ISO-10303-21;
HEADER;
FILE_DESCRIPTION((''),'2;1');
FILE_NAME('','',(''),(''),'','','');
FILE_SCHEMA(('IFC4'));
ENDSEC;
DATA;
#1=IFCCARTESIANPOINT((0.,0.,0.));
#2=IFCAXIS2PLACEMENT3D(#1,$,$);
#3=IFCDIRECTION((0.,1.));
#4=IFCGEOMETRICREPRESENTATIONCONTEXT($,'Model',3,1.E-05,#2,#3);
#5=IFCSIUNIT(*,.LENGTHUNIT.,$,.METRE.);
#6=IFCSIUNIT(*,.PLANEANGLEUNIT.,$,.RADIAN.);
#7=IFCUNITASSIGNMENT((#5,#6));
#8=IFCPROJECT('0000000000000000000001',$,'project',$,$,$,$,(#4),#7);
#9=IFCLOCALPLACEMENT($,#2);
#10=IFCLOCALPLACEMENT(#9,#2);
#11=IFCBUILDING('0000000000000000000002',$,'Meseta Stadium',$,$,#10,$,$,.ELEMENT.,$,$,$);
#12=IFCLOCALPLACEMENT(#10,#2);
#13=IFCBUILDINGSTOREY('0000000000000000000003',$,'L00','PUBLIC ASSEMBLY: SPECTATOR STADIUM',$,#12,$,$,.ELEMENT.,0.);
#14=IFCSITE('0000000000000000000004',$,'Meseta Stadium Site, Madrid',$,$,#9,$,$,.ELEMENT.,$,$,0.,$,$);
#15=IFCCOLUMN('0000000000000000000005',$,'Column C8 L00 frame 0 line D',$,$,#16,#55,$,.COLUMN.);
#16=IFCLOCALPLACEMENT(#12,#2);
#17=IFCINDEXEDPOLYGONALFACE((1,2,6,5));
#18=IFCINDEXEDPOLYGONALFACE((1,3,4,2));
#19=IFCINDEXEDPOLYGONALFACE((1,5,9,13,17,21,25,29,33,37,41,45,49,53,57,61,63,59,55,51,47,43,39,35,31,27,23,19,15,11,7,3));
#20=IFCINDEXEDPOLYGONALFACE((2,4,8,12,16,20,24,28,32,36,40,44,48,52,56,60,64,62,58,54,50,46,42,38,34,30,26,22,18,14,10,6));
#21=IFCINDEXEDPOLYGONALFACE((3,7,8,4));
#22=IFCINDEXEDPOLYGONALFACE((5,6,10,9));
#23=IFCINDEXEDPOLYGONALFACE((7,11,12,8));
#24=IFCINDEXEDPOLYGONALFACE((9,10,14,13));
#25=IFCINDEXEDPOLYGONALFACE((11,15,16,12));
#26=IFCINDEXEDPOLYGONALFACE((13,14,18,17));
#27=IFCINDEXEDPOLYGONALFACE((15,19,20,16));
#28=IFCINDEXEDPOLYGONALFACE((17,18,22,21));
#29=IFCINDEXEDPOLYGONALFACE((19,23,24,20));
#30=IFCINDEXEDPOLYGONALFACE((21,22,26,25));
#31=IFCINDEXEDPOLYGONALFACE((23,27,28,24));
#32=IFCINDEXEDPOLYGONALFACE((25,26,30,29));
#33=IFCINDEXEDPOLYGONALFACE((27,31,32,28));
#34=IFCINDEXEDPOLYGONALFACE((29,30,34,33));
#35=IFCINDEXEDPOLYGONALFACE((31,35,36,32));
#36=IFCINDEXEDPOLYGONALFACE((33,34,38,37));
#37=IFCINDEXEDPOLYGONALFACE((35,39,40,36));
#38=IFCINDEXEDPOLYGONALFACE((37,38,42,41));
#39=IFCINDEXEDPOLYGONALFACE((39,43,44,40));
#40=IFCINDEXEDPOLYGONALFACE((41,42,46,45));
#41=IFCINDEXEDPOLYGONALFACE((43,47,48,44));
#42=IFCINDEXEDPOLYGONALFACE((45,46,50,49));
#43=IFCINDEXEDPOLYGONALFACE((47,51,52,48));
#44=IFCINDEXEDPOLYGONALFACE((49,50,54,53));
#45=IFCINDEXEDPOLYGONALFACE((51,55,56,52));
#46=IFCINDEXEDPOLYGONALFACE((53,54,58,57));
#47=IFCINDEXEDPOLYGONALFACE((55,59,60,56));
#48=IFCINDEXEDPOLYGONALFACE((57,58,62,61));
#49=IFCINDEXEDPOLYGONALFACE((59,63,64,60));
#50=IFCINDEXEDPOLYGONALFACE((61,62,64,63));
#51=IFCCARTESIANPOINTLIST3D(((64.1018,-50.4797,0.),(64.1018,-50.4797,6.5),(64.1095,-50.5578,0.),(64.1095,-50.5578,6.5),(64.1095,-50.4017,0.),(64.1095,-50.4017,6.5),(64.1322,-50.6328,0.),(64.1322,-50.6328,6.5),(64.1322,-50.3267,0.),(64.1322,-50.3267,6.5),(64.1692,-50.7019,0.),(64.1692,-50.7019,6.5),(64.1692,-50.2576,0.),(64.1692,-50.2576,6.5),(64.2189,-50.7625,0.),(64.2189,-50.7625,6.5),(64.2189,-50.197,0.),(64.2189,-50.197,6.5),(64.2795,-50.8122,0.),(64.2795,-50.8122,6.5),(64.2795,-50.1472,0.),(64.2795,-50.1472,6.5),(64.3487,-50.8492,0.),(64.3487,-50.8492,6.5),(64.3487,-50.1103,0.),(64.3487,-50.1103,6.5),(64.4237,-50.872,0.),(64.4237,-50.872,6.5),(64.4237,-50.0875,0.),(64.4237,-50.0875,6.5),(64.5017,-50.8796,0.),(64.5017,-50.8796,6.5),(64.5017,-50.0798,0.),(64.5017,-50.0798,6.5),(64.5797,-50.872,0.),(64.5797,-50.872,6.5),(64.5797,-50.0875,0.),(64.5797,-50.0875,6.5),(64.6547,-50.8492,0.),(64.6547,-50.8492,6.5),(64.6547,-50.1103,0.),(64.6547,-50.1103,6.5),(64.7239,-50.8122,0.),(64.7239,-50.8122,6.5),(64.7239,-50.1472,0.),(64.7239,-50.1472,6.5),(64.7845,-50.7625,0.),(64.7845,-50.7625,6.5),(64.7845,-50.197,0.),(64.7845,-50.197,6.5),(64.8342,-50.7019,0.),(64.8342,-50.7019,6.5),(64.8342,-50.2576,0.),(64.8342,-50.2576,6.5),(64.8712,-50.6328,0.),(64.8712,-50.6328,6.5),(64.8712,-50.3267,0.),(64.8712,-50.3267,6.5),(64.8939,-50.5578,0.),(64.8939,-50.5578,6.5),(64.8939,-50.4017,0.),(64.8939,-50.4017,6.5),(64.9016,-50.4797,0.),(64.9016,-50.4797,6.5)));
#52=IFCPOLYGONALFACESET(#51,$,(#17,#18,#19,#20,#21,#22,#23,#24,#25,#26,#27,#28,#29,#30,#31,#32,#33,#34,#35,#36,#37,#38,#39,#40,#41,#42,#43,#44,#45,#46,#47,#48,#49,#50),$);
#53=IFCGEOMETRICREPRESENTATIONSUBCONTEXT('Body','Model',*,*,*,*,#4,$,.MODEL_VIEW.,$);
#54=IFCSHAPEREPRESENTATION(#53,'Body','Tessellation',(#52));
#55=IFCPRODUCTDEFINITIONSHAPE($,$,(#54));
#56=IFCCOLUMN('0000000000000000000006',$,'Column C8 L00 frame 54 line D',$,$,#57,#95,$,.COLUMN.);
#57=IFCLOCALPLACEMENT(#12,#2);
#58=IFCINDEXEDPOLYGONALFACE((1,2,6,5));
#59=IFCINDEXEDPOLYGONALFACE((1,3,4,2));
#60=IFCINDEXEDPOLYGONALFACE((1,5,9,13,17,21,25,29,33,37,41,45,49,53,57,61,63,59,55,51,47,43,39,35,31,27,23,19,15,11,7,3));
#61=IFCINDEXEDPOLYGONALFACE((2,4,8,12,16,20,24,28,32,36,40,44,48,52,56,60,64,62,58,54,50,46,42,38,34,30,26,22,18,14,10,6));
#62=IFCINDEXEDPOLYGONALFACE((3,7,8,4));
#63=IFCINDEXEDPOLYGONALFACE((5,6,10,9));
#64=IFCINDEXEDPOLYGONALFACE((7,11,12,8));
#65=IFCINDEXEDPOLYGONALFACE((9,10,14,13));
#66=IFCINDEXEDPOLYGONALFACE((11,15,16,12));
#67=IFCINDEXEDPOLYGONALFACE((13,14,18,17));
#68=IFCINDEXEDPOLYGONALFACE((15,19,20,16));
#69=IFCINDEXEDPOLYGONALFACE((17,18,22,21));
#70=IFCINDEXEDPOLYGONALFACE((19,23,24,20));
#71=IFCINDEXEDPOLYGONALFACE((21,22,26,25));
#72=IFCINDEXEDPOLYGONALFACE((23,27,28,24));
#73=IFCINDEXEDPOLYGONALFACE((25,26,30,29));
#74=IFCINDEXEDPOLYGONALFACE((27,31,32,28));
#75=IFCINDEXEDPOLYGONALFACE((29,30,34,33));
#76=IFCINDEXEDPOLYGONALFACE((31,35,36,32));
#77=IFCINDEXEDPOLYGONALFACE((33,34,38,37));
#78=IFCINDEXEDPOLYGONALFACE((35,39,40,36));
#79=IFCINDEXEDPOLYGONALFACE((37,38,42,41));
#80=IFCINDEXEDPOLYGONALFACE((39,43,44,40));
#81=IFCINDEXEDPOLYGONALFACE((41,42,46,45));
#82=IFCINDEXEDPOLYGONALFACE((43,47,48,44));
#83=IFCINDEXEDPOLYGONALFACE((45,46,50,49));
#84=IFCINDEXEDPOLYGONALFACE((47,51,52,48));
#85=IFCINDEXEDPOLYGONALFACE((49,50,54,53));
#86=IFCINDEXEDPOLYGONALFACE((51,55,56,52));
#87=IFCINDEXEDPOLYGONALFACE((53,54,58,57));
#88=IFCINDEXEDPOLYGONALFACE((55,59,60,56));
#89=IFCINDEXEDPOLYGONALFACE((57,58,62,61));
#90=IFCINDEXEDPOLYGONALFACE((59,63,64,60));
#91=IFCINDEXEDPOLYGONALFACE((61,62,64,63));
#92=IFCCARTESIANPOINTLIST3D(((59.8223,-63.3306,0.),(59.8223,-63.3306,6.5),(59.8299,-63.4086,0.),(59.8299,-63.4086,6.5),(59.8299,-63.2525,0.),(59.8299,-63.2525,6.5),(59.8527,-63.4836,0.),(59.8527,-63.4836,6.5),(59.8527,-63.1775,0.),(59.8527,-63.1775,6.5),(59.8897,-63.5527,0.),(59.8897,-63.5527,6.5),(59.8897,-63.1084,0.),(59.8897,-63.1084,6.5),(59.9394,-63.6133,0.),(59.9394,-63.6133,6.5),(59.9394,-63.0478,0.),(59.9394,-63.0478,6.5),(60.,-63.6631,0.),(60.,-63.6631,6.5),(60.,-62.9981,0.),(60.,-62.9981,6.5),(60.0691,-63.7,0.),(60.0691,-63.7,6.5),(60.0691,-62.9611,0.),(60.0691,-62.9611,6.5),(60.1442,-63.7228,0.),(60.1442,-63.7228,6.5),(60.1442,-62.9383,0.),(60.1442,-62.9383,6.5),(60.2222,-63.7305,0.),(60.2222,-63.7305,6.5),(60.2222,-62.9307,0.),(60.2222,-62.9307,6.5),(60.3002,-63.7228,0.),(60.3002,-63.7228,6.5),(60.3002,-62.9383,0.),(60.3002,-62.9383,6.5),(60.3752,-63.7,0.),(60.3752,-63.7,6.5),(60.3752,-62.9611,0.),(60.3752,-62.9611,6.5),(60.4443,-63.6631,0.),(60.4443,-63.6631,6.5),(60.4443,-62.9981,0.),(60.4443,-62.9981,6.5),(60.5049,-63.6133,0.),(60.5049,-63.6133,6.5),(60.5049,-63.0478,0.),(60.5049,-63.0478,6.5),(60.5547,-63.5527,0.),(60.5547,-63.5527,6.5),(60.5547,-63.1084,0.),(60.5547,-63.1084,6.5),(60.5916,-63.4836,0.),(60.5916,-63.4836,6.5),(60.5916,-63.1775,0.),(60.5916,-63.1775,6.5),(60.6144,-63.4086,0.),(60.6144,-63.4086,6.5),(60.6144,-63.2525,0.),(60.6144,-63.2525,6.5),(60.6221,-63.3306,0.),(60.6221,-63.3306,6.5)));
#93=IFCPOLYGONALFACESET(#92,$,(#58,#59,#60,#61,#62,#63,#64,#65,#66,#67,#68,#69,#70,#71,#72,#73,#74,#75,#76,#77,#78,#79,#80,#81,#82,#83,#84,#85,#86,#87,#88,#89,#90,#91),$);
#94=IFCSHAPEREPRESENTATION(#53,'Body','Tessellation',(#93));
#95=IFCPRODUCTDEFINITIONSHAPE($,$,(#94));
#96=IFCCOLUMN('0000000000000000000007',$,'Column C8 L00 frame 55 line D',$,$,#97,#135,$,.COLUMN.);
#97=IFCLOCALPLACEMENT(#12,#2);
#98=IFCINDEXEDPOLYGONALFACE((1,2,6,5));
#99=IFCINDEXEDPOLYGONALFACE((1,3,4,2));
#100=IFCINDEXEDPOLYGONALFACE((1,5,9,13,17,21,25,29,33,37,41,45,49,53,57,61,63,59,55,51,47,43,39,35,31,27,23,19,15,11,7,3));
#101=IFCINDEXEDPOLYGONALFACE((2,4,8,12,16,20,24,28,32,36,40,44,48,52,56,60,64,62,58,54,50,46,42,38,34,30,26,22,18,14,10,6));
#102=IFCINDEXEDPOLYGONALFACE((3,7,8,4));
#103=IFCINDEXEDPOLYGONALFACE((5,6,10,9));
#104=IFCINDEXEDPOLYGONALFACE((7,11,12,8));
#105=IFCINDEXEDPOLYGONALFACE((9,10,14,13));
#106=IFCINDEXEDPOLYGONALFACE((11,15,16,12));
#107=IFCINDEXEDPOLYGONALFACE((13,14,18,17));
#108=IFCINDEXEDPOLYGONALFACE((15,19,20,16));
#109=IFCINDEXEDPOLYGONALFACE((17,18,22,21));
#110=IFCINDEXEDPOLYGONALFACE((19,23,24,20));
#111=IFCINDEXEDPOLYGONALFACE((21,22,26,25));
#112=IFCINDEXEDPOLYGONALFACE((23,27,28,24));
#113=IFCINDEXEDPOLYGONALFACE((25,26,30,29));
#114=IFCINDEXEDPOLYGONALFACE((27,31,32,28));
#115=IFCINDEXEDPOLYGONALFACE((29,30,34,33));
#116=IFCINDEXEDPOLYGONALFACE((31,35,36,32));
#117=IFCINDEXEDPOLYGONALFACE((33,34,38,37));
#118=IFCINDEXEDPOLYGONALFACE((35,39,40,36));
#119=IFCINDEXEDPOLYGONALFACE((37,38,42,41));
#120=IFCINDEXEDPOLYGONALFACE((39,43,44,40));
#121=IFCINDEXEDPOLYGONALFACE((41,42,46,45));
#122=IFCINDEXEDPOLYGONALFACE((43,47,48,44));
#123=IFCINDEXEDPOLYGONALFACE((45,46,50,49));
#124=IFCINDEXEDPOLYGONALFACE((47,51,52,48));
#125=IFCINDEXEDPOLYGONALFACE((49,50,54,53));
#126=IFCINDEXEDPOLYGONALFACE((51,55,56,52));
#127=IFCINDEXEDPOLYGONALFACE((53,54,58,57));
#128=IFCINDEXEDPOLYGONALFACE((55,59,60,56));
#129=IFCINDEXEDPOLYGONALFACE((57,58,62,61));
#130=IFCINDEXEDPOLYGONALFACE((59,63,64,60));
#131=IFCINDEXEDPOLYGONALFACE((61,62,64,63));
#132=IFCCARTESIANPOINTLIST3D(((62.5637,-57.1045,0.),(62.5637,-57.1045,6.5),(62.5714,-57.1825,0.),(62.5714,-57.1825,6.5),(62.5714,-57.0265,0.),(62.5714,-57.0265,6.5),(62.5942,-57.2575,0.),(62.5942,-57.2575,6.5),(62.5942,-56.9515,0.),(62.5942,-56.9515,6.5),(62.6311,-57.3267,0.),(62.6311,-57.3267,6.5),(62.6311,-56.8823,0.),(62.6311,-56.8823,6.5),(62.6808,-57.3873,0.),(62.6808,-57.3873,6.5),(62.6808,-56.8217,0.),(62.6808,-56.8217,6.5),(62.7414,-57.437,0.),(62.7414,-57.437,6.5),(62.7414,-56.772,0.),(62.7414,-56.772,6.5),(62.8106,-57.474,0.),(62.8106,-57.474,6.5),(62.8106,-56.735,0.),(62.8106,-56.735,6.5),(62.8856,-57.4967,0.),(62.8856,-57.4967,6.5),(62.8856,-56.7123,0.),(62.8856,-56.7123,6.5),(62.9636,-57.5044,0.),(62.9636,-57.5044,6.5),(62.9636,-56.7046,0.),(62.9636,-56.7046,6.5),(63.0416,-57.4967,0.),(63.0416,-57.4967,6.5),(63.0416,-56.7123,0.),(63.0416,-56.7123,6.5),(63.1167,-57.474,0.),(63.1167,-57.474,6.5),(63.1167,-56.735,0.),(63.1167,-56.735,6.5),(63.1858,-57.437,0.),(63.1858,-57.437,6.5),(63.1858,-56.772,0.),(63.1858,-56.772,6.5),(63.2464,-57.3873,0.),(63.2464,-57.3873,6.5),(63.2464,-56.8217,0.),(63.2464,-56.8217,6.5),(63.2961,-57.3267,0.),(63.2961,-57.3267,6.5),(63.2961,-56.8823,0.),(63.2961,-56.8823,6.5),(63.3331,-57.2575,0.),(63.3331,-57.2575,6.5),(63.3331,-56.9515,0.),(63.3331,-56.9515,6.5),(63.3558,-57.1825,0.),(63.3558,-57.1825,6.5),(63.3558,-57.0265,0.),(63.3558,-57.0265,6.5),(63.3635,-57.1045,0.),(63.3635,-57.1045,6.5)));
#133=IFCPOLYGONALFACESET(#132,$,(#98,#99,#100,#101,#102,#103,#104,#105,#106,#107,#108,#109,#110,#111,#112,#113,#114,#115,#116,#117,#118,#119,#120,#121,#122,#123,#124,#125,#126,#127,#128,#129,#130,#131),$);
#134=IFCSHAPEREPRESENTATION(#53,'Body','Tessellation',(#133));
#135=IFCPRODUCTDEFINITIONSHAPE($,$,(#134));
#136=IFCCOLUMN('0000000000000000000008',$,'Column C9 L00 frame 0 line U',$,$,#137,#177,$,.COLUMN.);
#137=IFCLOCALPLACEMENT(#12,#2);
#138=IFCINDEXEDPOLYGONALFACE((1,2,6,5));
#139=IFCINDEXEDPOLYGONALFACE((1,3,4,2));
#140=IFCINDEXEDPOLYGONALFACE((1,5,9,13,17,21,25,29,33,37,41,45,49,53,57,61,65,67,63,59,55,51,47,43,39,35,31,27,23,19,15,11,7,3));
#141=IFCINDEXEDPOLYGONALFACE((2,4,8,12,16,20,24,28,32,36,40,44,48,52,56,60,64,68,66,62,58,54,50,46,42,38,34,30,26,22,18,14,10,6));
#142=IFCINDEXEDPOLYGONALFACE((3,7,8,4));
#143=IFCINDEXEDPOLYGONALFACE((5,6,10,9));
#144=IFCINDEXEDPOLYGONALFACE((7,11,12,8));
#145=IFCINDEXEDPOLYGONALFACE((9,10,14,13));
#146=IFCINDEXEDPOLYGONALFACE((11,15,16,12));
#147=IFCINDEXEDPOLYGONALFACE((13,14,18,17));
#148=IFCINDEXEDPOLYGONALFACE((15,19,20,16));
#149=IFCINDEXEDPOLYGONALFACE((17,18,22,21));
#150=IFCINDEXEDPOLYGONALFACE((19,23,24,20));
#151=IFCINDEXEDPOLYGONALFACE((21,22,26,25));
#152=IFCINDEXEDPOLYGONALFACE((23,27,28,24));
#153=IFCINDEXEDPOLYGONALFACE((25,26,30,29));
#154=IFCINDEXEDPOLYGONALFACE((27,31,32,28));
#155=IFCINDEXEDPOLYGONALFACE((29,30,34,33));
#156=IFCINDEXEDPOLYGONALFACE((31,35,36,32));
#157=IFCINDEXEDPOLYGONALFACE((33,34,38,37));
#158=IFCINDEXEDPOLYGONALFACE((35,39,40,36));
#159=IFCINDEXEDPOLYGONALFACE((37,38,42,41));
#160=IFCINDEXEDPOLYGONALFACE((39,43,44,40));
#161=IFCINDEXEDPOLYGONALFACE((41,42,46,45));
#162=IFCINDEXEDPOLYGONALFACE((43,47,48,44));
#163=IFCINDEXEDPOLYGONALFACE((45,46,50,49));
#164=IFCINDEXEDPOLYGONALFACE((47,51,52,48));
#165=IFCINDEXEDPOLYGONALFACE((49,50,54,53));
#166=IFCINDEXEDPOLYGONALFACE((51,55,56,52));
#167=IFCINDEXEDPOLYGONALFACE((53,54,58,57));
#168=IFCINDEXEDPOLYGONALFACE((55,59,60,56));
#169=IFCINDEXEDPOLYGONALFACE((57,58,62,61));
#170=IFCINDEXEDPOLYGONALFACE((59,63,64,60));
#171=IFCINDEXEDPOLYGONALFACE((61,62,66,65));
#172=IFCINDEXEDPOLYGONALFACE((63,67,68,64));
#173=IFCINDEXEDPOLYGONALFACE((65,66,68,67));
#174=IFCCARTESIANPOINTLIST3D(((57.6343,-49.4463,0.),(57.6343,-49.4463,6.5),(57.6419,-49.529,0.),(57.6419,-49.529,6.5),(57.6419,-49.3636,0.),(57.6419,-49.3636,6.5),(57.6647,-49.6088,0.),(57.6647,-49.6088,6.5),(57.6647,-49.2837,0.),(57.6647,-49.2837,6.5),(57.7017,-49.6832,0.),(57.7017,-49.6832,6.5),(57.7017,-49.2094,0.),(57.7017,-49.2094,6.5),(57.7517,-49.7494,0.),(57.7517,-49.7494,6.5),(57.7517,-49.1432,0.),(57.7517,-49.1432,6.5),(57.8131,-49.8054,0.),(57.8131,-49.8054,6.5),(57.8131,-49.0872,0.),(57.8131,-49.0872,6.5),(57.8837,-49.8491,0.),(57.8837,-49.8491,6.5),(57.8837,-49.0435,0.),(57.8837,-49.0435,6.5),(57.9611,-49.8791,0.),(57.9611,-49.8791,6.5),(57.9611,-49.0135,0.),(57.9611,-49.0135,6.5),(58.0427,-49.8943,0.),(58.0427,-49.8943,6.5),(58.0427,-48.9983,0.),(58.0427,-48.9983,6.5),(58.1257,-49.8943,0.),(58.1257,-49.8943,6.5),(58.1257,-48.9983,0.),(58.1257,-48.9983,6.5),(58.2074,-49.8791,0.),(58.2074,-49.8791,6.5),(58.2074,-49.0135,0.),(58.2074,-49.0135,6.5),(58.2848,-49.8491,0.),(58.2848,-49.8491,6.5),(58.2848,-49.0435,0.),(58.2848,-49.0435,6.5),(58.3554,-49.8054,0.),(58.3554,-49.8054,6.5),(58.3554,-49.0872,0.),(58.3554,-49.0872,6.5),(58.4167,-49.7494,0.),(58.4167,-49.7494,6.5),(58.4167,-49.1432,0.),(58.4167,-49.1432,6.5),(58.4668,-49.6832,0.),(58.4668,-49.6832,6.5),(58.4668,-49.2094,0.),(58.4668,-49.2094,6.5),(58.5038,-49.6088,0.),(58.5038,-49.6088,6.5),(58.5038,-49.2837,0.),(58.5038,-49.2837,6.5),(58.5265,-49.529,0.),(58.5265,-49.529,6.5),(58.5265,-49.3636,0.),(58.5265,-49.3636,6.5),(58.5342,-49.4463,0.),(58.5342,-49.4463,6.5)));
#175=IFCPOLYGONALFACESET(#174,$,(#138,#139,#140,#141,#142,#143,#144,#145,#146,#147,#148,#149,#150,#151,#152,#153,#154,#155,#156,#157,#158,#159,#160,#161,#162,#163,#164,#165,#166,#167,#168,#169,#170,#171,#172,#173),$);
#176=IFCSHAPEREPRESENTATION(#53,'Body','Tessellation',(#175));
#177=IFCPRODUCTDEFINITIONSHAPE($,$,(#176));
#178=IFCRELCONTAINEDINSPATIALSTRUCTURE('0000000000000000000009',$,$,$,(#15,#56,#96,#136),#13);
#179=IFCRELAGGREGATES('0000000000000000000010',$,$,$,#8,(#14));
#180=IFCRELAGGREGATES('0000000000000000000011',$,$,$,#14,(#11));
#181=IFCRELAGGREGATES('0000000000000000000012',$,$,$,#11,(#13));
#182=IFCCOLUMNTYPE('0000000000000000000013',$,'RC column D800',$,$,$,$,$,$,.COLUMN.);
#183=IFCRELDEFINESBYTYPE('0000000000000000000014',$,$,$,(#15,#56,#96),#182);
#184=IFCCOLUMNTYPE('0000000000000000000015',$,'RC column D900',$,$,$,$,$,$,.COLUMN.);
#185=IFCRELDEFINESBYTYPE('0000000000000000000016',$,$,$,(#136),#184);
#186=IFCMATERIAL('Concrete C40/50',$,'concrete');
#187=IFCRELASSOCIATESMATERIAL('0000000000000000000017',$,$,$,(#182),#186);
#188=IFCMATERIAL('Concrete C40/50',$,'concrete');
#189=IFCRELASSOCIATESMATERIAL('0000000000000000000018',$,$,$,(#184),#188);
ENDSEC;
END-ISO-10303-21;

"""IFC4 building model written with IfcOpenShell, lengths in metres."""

from ifc_helpers import new_model, si_unit, direction, frame, origin, origin_2d, place, context, subcontext, project, spatial, circle, extrude, material, material_profile, profile_set, type_object, element, save


model = new_model("IFC4")

# Units and contexts
model_context = context("Model", 3, precision=1e-05, world=origin(), true_north=direction((0.0, 1.0)))
body_context = subcontext(model_context, "Body", "Model", "MODEL_VIEW")
ifc_project = project(units=[si_unit("LENGTHUNIT", "METRE"), si_unit("PLANEANGLEUNIT", "RADIAN")], contexts=[model_context])

# Site, building, storey
site_placement = place(None, origin())
site = spatial("IfcSite", under=ifc_project, at=site_placement, Name="Meseta Stadium Site, Madrid", CompositionType="ELEMENT", RefElevation=0.0)
building_placement = place(site_placement, origin())
building = spatial("IfcBuilding", under=site, at=building_placement, Name="Meseta Stadium", CompositionType="ELEMENT")
storey_placement = place(building_placement, origin())
storey = spatial("IfcBuildingStorey", under=building, at=storey_placement, Name="L00", Description="PUBLIC ASSEMBLY: SPECTATOR STADIUM", CompositionType="ELEMENT", Elevation=0.0)

# Columns
ifc_material_1 = material(Name="Concrete C40/50", Category="concrete")
ifc_material_profile_1 = material_profile(ifc_material_1, circle(Radius=0.3999, at=origin_2d()), Name="RC D800")
ifc_profile_set_1 = profile_set([ifc_material_profile_1], Name="Concrete C40/50")
column_type_1 = type_object("IfcColumnType", Name="RC column D800", PredefinedType="COLUMN", material=ifc_profile_set_1)
for number, where, z_axis, x_axis, name in (
    (1, (64.5017, -50.4797, 0.0), (0.0, 0.0, 1.0), (1.0, 0.0, 0.0), "Column C8 L00 frame 0 line D"),
    (2, (60.2222, -63.3306, 0.0), (0.0, 0.0, 1.0), (1.0, 0.0, 0.0), "Column C8 L00 frame 54 line D"),
    (3, (62.9636, -57.1045, 0.0), (0.0, 0.0, 1.0), (1.0, 0.0, 0.0), "Column C8 L00 frame 55 line D"),
):
    element("IfcColumn", number, at=place(storey_placement, frame(where, z_axis=z_axis, x_axis=x_axis)), inside=storey, type_object=column_type_1, Name=name, PredefinedType="COLUMN", context=body_context, shape_type="SweptSolid", body=[
        extrude(circle(Radius=0.3999, at=origin_2d()), origin(), (0.0, 0.0, 1.0), 6.5),
    ])
ifc_material_2 = material(Name="Concrete C40/50", Category="concrete")
ifc_material_profile_2 = material_profile(ifc_material_2, circle(Radius=0.45, at=origin_2d()), Name="RC D900")
ifc_profile_set_2 = profile_set([ifc_material_profile_2], Name="Concrete C40/50")
column_type_2 = type_object("IfcColumnType", Name="RC column D900", PredefinedType="COLUMN", material=ifc_profile_set_2)
for number, where, z_axis, x_axis, name in (
    (4, (58.0842, -49.4463, 0.0), (0.0, 0.0, 1.0), (1.0, 0.0, 0.0), "Column C9 L00 frame 0 line U"),
):
    element("IfcColumn", number, at=place(storey_placement, frame(where, z_axis=z_axis, x_axis=x_axis)), inside=storey, type_object=column_type_2, Name=name, PredefinedType="COLUMN", context=body_context, shape_type="SweptSolid", body=[
        extrude(circle(Radius=0.45, at=origin_2d()), origin(), (0.0, 0.0, 1.0), 6.5),
    ])

save(model, "model.ifc")
